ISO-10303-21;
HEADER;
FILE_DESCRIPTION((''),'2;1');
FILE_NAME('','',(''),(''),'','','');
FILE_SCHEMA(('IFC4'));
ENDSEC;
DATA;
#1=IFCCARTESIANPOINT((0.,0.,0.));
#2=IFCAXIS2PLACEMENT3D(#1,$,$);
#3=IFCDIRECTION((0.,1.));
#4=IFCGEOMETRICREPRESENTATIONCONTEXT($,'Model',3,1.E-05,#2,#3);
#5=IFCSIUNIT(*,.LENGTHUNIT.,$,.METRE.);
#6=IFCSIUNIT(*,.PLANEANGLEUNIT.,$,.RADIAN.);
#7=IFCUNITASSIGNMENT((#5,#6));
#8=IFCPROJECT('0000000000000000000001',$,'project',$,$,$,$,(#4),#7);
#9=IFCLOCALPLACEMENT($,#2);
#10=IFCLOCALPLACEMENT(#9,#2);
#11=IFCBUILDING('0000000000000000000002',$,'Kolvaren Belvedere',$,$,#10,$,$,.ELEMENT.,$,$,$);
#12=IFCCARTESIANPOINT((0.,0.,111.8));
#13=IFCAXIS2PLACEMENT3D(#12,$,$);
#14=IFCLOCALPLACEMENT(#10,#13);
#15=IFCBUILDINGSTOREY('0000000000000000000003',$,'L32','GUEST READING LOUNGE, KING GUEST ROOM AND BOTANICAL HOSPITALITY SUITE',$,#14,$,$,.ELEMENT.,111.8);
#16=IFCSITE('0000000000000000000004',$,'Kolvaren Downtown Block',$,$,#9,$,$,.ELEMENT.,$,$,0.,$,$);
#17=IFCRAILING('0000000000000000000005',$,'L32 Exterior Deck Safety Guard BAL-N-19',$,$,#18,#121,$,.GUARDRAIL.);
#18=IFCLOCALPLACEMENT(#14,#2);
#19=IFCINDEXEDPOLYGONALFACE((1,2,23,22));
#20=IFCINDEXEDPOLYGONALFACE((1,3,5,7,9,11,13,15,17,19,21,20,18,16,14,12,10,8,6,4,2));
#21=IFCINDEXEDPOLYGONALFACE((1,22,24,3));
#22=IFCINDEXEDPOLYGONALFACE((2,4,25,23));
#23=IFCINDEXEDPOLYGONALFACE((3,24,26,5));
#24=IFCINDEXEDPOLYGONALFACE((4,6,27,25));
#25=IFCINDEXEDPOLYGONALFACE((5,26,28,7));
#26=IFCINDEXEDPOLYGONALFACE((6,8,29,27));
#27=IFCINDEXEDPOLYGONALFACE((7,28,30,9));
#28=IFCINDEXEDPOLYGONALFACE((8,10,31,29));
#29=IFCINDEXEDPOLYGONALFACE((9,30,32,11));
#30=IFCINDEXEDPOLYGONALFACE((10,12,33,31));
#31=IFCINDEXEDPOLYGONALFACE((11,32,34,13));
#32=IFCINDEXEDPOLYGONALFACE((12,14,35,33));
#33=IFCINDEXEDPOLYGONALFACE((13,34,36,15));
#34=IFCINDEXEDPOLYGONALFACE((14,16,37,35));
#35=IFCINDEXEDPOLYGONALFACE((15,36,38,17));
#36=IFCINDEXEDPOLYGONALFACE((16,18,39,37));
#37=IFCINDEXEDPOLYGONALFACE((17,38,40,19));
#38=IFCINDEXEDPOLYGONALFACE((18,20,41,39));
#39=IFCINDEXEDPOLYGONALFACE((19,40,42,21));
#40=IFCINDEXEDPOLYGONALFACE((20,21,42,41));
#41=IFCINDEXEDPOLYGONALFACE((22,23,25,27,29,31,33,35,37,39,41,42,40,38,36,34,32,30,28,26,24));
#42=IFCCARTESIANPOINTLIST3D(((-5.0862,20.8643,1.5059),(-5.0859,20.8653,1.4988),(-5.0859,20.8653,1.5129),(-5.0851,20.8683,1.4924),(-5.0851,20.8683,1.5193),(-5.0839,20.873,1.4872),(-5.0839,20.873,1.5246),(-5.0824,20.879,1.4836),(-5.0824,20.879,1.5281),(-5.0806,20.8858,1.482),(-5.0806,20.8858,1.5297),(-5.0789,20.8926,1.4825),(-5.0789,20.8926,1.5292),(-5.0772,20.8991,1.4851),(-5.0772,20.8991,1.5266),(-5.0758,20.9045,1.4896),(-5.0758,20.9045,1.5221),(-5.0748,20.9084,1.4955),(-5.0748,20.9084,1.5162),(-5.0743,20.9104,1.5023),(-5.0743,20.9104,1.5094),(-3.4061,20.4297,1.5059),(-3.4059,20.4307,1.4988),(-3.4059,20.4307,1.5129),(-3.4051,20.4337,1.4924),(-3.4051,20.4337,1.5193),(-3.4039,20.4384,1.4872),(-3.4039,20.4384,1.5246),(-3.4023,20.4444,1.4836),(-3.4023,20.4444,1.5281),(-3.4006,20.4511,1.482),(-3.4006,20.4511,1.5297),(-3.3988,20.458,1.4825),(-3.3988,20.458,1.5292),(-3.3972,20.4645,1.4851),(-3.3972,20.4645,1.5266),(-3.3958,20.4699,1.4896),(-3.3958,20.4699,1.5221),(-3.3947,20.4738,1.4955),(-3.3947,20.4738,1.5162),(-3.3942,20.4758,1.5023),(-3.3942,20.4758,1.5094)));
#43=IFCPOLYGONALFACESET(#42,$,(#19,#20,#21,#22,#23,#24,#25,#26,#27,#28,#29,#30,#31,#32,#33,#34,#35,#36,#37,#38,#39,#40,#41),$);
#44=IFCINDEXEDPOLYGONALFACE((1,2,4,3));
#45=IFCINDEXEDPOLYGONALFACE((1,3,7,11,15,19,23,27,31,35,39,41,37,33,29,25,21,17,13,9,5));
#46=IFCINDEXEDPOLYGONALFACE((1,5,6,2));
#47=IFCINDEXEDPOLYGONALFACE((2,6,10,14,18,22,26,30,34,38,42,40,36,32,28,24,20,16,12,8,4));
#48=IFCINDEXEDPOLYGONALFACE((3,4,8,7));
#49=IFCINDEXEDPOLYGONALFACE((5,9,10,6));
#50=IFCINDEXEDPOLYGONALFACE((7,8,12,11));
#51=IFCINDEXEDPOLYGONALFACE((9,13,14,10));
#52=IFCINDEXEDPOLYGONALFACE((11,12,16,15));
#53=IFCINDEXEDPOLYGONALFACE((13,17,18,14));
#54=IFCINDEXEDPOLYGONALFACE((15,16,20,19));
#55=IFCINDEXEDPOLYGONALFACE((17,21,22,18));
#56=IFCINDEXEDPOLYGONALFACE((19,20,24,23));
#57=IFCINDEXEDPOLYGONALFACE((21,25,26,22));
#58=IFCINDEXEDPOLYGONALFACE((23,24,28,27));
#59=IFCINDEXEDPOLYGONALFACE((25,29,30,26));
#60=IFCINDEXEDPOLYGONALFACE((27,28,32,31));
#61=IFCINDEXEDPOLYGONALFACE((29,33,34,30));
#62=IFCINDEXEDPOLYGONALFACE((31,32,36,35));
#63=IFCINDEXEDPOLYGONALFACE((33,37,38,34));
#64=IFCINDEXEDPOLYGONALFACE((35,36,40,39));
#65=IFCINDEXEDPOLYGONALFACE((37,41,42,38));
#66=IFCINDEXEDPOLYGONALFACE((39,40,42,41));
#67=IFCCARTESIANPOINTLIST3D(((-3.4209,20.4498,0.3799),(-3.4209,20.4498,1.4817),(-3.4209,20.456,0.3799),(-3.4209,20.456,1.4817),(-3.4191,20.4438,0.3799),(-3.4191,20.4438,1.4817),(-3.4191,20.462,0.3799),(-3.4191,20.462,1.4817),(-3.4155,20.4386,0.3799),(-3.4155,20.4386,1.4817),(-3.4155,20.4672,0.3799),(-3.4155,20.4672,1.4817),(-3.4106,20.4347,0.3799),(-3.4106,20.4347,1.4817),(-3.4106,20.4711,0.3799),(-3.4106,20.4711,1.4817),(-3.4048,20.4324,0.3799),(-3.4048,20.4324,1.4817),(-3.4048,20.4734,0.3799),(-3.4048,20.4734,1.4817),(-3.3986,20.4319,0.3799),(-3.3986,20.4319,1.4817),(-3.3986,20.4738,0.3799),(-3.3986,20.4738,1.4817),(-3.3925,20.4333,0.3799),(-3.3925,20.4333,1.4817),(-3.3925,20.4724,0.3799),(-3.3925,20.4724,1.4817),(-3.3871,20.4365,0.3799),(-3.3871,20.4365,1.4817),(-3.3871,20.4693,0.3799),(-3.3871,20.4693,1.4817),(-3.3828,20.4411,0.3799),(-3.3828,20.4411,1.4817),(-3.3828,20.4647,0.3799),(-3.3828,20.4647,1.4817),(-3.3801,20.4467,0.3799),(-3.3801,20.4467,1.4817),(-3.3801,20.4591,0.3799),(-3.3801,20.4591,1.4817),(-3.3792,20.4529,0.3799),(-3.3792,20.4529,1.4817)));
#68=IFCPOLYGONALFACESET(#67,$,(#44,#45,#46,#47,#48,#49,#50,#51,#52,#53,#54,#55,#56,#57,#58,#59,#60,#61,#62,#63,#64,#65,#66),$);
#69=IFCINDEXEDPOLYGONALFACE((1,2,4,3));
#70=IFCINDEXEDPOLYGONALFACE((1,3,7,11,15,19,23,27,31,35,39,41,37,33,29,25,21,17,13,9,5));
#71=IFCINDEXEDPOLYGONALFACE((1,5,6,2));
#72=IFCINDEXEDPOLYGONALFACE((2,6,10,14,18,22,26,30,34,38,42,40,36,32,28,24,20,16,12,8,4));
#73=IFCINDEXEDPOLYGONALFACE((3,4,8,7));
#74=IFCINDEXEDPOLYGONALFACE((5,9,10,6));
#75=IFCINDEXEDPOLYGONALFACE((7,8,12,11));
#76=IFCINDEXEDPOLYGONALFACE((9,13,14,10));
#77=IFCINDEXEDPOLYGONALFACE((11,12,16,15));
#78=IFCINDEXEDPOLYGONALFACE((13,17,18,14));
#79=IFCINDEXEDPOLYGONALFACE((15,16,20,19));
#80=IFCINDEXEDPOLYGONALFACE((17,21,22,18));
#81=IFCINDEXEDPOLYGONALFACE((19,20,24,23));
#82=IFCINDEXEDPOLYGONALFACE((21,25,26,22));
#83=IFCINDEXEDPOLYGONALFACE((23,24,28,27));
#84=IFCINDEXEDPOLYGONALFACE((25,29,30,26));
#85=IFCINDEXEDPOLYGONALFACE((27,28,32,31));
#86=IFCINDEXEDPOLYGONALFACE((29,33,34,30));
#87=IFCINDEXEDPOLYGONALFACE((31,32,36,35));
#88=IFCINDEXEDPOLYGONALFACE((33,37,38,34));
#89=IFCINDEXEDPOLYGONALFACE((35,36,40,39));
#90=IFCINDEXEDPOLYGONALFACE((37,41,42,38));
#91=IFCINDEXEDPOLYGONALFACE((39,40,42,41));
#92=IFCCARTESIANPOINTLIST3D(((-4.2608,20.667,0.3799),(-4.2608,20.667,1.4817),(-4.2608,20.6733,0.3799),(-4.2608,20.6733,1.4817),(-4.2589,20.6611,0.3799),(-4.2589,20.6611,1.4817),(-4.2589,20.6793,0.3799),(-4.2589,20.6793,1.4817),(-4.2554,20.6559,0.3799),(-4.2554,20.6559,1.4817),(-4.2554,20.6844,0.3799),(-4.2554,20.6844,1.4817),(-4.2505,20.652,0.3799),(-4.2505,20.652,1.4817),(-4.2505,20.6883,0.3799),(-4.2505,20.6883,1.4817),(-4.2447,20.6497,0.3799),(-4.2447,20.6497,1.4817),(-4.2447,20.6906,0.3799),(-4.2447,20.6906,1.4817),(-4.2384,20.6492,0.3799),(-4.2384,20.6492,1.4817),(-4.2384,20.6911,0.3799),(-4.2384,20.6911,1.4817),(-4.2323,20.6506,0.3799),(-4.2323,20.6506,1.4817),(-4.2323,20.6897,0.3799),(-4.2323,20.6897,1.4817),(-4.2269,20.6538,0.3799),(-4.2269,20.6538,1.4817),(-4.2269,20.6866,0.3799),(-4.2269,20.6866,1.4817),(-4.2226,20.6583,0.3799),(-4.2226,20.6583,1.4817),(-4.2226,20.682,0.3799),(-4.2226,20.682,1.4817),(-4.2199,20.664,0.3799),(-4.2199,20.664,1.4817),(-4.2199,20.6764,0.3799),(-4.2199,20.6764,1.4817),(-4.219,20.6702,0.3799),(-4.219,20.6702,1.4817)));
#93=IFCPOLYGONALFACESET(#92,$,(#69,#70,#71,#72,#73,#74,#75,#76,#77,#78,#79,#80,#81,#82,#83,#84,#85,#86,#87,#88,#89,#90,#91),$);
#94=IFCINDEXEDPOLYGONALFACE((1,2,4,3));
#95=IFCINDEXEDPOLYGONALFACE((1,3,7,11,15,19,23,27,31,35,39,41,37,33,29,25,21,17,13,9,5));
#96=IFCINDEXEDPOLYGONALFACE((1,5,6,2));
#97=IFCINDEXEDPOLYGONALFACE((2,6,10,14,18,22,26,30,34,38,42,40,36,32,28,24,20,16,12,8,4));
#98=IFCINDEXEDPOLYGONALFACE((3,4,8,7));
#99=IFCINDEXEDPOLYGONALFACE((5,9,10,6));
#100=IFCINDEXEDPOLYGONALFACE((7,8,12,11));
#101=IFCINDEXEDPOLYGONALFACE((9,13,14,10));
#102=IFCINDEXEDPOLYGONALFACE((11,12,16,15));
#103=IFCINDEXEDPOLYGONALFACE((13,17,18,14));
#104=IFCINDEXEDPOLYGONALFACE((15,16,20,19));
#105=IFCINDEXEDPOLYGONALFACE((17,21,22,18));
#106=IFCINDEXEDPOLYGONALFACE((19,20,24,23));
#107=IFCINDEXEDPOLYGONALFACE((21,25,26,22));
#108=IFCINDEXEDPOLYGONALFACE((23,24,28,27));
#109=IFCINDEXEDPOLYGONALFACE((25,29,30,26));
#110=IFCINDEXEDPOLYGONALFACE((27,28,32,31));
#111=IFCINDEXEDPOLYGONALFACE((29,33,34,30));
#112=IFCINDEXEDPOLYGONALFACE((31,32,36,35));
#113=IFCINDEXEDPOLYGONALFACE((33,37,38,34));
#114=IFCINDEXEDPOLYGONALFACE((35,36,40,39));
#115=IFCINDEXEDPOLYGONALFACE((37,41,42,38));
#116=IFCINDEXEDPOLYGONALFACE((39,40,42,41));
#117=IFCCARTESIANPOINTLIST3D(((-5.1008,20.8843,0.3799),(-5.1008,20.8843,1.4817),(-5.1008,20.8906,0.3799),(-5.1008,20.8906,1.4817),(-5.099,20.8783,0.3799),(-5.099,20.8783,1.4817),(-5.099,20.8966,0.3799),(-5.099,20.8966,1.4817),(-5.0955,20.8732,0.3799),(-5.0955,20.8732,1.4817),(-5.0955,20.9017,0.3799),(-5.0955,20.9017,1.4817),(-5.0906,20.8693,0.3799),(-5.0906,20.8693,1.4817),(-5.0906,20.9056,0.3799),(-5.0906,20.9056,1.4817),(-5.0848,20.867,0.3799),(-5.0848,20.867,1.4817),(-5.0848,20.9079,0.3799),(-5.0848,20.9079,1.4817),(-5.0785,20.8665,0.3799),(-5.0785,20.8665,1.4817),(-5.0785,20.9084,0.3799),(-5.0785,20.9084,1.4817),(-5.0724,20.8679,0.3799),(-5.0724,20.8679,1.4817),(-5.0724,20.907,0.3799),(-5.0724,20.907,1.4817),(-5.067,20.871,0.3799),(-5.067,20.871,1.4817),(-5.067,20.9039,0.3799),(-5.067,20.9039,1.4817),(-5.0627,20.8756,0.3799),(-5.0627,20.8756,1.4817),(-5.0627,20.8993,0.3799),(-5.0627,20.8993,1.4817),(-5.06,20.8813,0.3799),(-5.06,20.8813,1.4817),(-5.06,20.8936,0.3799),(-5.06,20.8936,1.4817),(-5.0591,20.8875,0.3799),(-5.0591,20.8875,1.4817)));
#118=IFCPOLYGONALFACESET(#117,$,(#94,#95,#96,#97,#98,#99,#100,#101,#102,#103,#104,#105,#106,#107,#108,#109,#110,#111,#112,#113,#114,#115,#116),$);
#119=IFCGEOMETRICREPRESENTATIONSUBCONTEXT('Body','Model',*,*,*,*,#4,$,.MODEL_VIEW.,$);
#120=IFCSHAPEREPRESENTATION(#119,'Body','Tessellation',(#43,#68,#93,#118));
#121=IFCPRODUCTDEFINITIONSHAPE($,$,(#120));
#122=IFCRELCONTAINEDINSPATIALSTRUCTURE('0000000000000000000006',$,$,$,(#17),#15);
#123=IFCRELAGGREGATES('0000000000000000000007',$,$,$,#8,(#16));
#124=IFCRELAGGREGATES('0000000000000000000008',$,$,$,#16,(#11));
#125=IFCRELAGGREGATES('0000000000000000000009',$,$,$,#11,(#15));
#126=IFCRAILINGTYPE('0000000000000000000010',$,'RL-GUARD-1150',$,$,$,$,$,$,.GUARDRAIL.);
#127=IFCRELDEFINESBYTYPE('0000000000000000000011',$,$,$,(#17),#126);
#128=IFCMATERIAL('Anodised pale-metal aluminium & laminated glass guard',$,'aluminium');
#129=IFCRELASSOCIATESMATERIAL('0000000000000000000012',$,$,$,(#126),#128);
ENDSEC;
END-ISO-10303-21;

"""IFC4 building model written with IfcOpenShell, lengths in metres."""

from ifc_helpers import new_model, si_unit, direction, frame, origin, origin_2d, place, context, subcontext, project, spatial, circle, extrude, material, type_object, element, save


model = new_model("IFC4")

# Units and contexts
model_context = context("Model", 3, precision=1e-05, world=origin(), true_north=direction((0.0, 1.0)))
body_context = subcontext(model_context, "Body", "Model", "MODEL_VIEW")
ifc_project = project(units=[si_unit("LENGTHUNIT", "METRE"), si_unit("PLANEANGLEUNIT", "RADIAN")], contexts=[model_context])

# Site, building, storey
site_placement = place(None, origin())
site = spatial("IfcSite", under=ifc_project, at=site_placement, Name="Kolvaren Downtown Block", CompositionType="ELEMENT", RefElevation=0.0)
building_placement = place(site_placement, origin())
building = spatial("IfcBuilding", under=site, at=building_placement, Name="Kolvaren Belvedere", CompositionType="ELEMENT")
storey_placement = place(building_placement, frame((0.0, 0.0, 111.8)))
storey = spatial("IfcBuildingStorey", under=building, at=storey_placement, Name="L32", Description="GUEST READING LOUNGE, KING GUEST ROOM AND BOTANICAL HOSPITALITY SUITE", CompositionType="ELEMENT", Elevation=111.8)

# Railing
ifc_material_1 = material(Name="Anodised pale-metal aluminium & laminated glass guard", Category="aluminium")
railing_type = type_object("IfcRailingType", Name="RL-GUARD-1150", PredefinedType="GUARDRAIL", material=ifc_material_1)
railing_1_placement = place(storey_placement, frame((-3.4001, 20.4529, 0.3799)))
element("IfcRailing", 1, at=railing_1_placement, inside=storey, type_object=railing_type, Name="L32 Exterior Deck Safety Guard BAL-N-19", PredefinedType="GUARDRAIL", context=body_context, shape_type="SweptSolid", body=[
    extrude(circle(Radius=0.0239, at=origin_2d()), frame((0.0, 0.0, 1.126), z_axis=(-0.968132, 0.25044, 0.0), x_axis=(-0.25044, -0.968132, 0.0)), (0.0, 0.0, 1.0), 1.7354),
    extrude(circle(Radius=0.021, at=origin_2d()), origin(), (0.0, 0.0, 1.0), 1.1018),
    extrude(circle(Radius=0.021, at=origin_2d()), frame((-0.8398, 0.2173, 0.0)), (0.0, 0.0, 1.0), 1.1018),
    extrude(circle(Radius=0.021, at=origin_2d()), frame((-1.6799, 0.4346, 0.0)), (0.0, 0.0, 1.0), 1.1018),
])

save(model, "model.ifc")
